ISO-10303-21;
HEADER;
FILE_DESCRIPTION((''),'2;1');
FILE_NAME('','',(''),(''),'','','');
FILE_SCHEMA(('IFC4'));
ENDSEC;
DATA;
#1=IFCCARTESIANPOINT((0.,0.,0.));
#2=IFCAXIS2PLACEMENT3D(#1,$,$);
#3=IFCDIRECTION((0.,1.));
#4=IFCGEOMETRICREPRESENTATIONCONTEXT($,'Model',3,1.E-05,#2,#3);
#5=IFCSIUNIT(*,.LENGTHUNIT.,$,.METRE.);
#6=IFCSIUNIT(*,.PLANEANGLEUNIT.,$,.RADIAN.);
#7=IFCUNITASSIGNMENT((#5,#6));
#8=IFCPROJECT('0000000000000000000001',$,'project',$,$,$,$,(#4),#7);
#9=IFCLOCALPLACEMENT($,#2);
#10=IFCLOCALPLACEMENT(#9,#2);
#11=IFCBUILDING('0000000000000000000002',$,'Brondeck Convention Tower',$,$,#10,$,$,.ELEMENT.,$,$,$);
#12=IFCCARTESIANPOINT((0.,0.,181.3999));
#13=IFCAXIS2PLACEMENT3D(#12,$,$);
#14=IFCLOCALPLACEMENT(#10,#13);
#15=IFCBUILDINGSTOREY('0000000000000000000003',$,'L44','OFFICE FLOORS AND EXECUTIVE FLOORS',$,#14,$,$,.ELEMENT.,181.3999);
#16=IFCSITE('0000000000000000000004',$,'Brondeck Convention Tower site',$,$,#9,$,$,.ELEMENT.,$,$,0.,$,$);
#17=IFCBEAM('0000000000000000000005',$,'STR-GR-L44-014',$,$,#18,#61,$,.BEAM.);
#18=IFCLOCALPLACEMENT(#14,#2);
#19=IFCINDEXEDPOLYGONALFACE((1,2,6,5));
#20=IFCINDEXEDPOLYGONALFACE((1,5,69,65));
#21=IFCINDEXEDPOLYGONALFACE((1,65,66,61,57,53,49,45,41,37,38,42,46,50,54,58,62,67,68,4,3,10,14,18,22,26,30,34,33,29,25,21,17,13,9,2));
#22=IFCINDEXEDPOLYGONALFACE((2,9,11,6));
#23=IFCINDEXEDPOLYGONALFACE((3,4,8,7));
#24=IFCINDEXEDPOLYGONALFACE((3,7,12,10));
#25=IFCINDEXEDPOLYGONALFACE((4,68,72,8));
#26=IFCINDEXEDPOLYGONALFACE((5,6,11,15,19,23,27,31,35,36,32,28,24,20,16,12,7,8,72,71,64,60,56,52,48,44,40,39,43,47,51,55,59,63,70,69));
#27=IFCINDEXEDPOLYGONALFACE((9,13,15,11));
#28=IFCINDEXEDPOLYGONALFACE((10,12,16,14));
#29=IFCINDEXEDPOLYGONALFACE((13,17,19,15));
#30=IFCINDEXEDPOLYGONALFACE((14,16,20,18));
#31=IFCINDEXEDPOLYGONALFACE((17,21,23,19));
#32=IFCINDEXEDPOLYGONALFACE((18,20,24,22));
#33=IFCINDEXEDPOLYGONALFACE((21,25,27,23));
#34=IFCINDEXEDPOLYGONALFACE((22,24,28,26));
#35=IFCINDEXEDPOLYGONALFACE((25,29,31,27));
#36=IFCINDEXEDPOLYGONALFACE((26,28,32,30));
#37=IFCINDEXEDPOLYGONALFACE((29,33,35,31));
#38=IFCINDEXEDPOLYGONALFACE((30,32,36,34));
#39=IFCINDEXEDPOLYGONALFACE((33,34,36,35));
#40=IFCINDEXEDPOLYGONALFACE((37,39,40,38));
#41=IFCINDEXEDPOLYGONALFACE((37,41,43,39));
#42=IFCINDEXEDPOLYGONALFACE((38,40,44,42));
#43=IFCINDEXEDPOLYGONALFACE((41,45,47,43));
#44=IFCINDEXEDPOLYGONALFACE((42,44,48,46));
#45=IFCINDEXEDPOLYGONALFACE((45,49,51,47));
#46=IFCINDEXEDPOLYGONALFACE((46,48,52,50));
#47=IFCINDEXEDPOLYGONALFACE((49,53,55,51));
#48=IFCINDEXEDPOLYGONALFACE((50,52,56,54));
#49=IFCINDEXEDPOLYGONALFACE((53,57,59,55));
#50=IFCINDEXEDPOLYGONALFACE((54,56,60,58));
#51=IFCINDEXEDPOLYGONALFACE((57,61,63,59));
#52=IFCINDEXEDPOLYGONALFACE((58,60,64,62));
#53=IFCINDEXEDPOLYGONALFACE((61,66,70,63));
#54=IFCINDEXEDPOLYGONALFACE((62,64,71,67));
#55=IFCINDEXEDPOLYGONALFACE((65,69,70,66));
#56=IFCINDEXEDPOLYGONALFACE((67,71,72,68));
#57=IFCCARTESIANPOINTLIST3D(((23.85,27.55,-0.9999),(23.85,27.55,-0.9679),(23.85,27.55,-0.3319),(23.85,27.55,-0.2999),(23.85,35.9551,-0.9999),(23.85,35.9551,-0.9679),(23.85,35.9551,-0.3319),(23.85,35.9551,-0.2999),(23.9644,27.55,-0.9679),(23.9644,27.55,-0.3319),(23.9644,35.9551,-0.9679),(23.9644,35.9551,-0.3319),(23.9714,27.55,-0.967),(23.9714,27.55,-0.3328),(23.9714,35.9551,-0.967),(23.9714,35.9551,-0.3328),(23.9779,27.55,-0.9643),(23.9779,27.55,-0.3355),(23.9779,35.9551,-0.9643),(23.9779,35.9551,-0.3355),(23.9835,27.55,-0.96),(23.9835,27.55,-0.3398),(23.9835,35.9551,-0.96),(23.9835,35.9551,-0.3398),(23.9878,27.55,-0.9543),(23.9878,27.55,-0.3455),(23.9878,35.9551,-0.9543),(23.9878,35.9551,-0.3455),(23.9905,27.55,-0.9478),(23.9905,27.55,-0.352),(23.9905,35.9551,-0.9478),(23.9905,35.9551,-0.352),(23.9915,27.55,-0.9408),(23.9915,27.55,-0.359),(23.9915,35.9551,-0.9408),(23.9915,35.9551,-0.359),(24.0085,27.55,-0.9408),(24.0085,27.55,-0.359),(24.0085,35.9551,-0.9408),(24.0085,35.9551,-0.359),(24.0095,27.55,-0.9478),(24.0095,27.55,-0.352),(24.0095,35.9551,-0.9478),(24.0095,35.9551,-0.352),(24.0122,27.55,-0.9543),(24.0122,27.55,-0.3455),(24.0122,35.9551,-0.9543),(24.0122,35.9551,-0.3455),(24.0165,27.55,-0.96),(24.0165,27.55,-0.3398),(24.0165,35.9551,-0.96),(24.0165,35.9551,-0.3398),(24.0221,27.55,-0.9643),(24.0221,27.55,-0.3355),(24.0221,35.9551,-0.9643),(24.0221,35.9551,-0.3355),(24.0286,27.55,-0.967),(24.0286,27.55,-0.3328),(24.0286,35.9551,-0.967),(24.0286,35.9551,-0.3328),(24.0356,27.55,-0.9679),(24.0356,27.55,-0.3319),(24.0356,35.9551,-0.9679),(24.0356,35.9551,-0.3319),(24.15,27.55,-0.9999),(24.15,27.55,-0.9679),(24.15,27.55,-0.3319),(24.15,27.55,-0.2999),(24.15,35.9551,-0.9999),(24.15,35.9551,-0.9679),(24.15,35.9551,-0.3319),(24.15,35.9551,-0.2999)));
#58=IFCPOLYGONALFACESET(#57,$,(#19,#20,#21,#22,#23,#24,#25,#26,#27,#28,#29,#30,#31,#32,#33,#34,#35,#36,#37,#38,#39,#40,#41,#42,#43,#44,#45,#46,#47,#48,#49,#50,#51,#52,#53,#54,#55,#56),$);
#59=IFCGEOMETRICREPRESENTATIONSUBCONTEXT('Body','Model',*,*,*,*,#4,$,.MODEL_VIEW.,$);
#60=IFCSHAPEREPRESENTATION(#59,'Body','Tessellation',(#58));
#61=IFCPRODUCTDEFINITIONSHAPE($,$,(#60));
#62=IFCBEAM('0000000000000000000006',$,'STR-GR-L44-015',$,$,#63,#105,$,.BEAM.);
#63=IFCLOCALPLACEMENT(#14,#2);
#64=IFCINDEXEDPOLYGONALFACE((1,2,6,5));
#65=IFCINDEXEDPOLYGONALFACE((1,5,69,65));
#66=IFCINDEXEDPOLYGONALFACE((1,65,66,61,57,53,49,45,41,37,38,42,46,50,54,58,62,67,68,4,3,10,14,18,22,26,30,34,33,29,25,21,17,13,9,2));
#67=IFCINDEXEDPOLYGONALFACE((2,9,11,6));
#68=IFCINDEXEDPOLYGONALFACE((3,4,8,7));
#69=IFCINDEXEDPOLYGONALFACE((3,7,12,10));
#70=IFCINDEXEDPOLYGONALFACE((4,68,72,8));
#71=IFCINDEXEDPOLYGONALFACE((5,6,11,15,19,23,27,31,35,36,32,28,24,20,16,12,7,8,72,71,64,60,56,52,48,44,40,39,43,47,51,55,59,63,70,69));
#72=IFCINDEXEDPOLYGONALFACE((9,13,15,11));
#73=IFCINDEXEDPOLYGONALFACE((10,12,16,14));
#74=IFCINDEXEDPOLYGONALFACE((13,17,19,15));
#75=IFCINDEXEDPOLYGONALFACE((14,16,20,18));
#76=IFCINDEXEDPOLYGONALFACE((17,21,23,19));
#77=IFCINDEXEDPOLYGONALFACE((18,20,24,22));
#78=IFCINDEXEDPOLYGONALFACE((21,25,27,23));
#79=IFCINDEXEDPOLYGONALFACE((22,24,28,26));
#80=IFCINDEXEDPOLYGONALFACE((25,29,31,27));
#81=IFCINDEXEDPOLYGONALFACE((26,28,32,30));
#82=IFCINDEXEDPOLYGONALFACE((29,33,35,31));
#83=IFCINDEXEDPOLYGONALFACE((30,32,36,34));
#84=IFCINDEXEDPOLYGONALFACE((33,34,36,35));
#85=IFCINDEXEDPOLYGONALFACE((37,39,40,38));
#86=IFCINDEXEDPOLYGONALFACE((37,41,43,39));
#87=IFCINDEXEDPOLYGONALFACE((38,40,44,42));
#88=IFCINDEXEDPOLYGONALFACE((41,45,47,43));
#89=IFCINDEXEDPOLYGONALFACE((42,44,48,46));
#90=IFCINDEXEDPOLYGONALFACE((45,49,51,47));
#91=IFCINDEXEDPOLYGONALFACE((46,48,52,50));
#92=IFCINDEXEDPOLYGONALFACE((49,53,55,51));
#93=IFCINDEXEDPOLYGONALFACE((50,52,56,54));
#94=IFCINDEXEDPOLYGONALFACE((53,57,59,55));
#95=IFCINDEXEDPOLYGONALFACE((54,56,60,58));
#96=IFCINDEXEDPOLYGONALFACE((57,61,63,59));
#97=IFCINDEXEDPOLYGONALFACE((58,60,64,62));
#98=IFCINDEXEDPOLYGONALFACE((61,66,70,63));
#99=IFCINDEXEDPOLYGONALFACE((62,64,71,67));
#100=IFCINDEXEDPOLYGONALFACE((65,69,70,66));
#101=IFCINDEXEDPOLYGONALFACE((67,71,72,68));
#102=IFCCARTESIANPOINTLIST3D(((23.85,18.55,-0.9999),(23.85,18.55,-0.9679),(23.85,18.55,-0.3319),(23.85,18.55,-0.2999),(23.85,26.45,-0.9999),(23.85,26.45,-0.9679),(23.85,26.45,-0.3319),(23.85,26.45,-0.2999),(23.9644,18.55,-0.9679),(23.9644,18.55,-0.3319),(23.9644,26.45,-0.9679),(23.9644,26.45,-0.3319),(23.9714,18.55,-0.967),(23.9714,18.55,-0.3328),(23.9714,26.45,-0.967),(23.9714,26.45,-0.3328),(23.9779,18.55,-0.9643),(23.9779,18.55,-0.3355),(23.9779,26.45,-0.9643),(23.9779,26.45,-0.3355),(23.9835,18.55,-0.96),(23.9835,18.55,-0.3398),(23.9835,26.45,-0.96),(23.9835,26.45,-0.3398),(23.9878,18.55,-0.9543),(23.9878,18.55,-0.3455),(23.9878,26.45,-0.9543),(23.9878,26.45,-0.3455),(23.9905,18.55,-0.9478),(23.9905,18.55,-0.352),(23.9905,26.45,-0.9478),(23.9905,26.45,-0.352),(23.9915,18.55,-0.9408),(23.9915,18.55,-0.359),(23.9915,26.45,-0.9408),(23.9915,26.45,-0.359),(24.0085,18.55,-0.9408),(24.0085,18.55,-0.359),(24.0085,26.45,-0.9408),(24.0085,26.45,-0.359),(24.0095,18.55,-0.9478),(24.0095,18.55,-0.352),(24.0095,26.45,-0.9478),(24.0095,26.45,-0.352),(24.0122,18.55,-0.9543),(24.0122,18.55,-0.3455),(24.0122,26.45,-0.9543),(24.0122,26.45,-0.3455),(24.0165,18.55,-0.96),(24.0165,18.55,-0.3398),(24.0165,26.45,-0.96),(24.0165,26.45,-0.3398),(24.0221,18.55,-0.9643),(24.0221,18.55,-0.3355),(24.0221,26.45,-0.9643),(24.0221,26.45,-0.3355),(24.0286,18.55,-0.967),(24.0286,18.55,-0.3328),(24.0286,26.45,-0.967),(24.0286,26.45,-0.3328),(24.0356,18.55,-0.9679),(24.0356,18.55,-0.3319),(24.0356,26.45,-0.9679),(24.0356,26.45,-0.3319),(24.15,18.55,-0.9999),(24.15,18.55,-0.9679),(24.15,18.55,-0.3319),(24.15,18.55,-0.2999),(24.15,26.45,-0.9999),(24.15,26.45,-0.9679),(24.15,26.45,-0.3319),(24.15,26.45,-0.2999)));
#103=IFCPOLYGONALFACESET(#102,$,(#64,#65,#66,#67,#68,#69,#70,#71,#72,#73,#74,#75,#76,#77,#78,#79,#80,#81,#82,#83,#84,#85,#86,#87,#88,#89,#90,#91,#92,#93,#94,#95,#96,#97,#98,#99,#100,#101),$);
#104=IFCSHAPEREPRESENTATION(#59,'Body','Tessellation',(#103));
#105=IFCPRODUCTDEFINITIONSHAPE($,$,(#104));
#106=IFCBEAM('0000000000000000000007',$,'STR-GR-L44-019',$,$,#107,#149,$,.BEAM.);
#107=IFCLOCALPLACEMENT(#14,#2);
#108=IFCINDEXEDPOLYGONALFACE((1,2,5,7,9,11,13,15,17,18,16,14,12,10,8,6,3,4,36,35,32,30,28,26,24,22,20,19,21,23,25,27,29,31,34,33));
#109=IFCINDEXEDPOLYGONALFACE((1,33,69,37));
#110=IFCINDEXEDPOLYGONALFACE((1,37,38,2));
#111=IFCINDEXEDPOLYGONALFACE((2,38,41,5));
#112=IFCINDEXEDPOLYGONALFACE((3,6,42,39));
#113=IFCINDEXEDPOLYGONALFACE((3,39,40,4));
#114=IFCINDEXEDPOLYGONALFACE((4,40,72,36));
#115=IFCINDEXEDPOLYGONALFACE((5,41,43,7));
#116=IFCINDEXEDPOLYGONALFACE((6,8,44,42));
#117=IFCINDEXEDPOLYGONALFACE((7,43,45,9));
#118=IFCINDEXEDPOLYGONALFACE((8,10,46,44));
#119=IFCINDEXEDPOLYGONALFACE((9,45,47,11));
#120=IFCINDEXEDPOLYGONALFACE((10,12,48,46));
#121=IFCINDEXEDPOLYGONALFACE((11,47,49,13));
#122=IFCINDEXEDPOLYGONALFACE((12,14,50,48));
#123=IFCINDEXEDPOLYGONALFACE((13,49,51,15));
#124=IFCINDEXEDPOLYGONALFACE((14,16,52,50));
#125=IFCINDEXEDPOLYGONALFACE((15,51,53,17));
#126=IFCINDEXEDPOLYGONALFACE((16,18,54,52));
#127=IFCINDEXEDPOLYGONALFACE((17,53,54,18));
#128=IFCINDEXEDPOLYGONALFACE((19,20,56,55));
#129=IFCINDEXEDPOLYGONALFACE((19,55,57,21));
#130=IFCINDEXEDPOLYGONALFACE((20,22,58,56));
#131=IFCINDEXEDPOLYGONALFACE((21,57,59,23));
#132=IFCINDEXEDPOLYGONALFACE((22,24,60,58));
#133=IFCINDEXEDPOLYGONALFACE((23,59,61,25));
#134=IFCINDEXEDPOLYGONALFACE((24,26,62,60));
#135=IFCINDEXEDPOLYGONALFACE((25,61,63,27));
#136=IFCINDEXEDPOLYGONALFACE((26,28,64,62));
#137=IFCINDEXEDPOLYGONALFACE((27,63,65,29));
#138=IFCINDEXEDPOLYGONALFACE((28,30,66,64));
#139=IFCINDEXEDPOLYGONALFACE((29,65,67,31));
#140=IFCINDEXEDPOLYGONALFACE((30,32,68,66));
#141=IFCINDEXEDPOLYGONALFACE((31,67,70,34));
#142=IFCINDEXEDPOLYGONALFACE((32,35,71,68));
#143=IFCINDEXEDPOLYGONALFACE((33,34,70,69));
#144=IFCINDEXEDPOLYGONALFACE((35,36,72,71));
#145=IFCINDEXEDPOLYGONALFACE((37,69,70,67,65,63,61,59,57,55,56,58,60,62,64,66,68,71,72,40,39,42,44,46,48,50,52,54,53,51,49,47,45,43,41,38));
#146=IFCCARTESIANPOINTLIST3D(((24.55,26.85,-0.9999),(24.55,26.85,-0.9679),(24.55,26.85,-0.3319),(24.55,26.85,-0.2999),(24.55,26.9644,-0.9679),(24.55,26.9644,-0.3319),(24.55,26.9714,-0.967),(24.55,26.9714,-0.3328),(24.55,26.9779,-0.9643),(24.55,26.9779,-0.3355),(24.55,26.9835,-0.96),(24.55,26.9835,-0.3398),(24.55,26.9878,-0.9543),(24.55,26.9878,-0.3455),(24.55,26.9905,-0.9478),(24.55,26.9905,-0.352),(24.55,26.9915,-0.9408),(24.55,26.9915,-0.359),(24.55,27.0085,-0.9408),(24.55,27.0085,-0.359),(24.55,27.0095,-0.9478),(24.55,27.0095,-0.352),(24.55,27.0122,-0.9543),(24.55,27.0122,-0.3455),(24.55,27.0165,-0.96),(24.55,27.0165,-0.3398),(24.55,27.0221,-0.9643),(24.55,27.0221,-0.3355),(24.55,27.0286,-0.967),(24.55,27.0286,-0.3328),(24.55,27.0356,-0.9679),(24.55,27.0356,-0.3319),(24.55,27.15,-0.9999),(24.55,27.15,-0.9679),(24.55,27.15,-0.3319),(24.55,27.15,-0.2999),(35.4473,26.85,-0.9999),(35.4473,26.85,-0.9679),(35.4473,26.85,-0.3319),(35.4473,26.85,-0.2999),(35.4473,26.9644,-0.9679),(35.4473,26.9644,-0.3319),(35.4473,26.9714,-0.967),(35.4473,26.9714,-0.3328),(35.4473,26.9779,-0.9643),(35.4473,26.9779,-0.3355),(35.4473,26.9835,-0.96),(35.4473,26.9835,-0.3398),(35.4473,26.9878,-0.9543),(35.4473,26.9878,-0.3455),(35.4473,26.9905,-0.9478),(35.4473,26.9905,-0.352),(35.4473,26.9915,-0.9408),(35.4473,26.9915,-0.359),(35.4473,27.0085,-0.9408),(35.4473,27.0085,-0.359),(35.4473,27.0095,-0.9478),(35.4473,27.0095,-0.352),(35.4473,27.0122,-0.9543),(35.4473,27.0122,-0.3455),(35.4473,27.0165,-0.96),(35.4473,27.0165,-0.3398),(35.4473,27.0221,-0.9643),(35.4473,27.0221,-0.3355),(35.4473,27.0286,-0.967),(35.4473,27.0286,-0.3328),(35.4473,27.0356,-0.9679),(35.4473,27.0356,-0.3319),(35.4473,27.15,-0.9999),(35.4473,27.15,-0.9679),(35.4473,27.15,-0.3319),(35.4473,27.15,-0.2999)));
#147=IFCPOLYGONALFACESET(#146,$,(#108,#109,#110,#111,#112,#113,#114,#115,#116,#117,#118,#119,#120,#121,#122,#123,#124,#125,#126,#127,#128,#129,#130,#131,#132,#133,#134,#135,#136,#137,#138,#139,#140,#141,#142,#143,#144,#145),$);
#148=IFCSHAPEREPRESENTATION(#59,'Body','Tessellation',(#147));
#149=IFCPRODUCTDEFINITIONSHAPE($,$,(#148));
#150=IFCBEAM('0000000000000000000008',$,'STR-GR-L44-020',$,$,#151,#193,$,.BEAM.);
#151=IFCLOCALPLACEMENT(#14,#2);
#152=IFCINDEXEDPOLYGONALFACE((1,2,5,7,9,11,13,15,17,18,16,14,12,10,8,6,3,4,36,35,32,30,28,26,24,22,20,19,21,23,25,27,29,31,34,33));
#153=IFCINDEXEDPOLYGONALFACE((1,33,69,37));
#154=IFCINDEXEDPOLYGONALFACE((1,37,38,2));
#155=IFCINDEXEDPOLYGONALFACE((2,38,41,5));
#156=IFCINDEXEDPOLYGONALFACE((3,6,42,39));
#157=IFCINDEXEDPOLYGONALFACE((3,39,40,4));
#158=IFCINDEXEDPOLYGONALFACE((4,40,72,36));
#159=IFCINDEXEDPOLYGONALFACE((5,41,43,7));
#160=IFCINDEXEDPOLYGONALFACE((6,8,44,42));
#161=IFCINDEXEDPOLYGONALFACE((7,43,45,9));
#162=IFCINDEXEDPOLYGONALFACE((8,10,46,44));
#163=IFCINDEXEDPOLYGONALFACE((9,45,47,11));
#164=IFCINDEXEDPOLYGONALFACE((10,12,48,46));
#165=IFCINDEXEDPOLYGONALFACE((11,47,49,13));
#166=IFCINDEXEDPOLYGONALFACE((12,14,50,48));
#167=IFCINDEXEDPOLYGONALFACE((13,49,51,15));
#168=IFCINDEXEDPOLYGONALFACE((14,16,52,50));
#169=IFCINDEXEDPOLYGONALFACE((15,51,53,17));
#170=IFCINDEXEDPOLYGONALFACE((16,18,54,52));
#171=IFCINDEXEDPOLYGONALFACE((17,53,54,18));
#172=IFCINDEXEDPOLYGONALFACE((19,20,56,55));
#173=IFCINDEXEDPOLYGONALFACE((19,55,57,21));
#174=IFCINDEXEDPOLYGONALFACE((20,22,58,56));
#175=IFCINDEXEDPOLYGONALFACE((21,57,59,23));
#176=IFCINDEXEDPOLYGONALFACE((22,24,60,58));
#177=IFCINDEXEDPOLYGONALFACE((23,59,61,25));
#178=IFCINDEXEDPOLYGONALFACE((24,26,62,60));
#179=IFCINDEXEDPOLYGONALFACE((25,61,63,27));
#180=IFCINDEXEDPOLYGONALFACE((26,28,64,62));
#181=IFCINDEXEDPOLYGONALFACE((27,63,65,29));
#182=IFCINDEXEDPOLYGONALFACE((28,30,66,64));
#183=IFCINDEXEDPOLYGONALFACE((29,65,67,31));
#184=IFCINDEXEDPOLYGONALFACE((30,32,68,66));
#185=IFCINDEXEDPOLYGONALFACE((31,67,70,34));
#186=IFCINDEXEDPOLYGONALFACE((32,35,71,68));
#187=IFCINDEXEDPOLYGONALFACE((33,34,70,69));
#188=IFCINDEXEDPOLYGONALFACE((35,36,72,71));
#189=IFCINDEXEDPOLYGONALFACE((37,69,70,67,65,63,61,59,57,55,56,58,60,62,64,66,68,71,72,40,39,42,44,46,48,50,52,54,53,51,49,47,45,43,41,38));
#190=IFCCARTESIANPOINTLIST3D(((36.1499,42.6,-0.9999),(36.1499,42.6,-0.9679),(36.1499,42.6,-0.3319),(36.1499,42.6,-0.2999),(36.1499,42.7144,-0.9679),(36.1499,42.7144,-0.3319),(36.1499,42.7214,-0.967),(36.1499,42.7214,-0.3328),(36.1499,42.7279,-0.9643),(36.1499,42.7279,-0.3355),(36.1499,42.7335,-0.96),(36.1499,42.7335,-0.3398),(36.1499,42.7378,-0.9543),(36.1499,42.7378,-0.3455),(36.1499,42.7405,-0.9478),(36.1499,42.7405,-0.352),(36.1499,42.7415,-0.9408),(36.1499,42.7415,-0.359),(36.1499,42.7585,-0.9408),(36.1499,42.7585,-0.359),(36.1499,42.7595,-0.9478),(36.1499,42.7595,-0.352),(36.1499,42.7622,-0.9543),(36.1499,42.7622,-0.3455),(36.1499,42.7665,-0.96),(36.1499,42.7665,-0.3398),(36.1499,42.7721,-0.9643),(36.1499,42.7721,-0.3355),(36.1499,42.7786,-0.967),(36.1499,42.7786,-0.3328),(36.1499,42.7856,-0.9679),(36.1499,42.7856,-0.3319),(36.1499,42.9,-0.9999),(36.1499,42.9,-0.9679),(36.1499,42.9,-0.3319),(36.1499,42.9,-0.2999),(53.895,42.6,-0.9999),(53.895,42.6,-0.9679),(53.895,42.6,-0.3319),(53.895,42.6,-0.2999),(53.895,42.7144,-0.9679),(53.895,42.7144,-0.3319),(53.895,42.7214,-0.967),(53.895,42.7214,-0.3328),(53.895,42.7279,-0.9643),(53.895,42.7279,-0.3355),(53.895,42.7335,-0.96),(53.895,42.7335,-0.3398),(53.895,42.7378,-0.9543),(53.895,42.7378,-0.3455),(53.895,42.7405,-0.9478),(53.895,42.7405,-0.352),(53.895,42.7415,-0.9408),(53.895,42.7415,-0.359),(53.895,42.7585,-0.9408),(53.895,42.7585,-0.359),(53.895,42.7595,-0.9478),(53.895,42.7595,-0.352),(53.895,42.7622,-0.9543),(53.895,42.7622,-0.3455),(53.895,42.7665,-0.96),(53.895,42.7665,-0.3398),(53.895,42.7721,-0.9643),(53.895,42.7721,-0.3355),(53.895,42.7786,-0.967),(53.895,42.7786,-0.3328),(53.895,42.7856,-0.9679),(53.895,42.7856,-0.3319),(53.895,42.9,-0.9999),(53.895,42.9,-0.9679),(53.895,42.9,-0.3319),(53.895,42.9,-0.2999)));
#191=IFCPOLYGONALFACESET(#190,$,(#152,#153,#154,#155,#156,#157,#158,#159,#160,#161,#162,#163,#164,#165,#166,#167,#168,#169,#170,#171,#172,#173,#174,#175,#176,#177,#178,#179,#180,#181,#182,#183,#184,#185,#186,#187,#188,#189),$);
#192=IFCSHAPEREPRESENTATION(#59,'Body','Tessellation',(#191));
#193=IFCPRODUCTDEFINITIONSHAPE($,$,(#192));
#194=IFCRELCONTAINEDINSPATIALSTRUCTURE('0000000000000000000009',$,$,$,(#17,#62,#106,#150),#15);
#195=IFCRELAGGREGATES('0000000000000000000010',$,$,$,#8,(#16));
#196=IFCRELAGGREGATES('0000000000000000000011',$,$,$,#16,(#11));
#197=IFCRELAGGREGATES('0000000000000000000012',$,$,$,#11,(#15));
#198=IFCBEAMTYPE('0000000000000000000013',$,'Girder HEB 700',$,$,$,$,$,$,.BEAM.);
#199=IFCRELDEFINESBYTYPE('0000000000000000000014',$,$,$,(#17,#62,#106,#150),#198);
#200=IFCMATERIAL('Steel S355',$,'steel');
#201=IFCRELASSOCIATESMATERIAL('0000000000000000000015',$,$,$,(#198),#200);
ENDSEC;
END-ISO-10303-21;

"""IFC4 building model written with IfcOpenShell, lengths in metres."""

from ifc_helpers import new_model, si_unit, direction, frame, origin, origin_2d, place, context, subcontext, project, spatial, i_section, extrude, material, material_profile, profile_set, type_object, element, save


model = new_model("IFC4")

# Units and contexts
model_context = context("Model", 3, precision=1e-05, world=origin(), true_north=direction((0.0, 1.0)))
body_context = subcontext(model_context, "Body", "Model", "MODEL_VIEW")
ifc_project = project(units=[si_unit("LENGTHUNIT", "METRE"), si_unit("PLANEANGLEUNIT", "RADIAN")], contexts=[model_context])

# Site, building, storey
site_placement = place(None, origin())
site = spatial("IfcSite", under=ifc_project, at=site_placement, Name="Brondeck Convention Tower site", CompositionType="ELEMENT", RefElevation=0.0)
building_placement = place(site_placement, origin())
building = spatial("IfcBuilding", under=site, at=building_placement, Name="Brondeck Convention Tower", CompositionType="ELEMENT")
storey_placement = place(building_placement, frame((0.0, 0.0, 181.3999)))
storey = spatial("IfcBuildingStorey", under=building, at=storey_placement, Name="L44", Description="OFFICE FLOORS AND EXECUTIVE FLOORS", CompositionType="ELEMENT", Elevation=181.3999)

# Beams
ifc_material_1 = material(Name="Steel S355", Category="steel")
ifc_material_profile_1 = material_profile(ifc_material_1, i_section(OverallWidth=0.3, OverallDepth=0.7, WebThickness=0.0171, FlangeThickness=0.032, FilletRadius=0.0271, at=origin_2d()), Name="HEB 700")
ifc_profile_set_1 = profile_set([ifc_material_profile_1], Name="Steel S355")
beam_type_1 = type_object("IfcBeamType", Name="Girder HEB 700", PredefinedType="BEAM", material=ifc_profile_set_1)
beam_1_placement = place(storey_placement, frame((24.0, 35.9551, -0.6499), z_axis=(0.0, -1.0, 0.0), x_axis=(1.0, 0.0, 0.0)))
element("IfcBeam", 1, at=beam_1_placement, inside=storey, type_object=beam_type_1, Name="STR-GR-L44-014", PredefinedType="BEAM", context=body_context, shape_type="SweptSolid", body=[
    extrude(i_section(OverallWidth=0.3, OverallDepth=0.7, WebThickness=0.0171, FlangeThickness=0.032, FilletRadius=0.0271, at=origin_2d()), origin(), (0.0, 0.0, 1.0), 8.405),
])
beam_2_placement = place(storey_placement, frame((24.0, 26.45, -0.6499), z_axis=(0.0, -1.0, 0.0), x_axis=(1.0, 0.0, 0.0)))
element("IfcBeam", 2, at=beam_2_placement, inside=storey, type_object=beam_type_1, Name="STR-GR-L44-015", PredefinedType="BEAM", context=body_context, shape_type="SweptSolid", body=[
    extrude(i_section(OverallWidth=0.3, OverallDepth=0.7, WebThickness=0.0171, FlangeThickness=0.032, FilletRadius=0.0271, at=origin_2d()), origin(), (0.0, 0.0, 1.0), 7.8999),
])
beam_3_placement = place(storey_placement, frame((24.55, 27.0, -0.6499), z_axis=(1.0, 0.0, 0.0), x_axis=(0.0, 1.0, 0.0)))
element("IfcBeam", 3, at=beam_3_placement, inside=storey, type_object=beam_type_1, Name="STR-GR-L44-019", PredefinedType="BEAM", context=body_context, shape_type="SweptSolid", body=[
    extrude(i_section(OverallWidth=0.3, OverallDepth=0.7, WebThickness=0.0171, FlangeThickness=0.032, FilletRadius=0.0271, at=origin_2d()), origin(), (0.0, 0.0, 1.0), 10.8972),
])
beam_4_placement = place(storey_placement, frame((36.1499, 42.75, -0.6499), z_axis=(1.0, 0.0, 0.0), x_axis=(0.0, 1.0, 0.0)))
element("IfcBeam", 4, at=beam_4_placement, inside=storey, type_object=beam_type_1, Name="STR-GR-L44-020", PredefinedType="BEAM", context=body_context, shape_type="SweptSolid", body=[
    extrude(i_section(OverallWidth=0.3, OverallDepth=0.7, WebThickness=0.0171, FlangeThickness=0.032, FilletRadius=0.0271, at=origin_2d()), origin(), (0.0, 0.0, 1.0), 17.7451),
])

save(model, "model.ifc")
